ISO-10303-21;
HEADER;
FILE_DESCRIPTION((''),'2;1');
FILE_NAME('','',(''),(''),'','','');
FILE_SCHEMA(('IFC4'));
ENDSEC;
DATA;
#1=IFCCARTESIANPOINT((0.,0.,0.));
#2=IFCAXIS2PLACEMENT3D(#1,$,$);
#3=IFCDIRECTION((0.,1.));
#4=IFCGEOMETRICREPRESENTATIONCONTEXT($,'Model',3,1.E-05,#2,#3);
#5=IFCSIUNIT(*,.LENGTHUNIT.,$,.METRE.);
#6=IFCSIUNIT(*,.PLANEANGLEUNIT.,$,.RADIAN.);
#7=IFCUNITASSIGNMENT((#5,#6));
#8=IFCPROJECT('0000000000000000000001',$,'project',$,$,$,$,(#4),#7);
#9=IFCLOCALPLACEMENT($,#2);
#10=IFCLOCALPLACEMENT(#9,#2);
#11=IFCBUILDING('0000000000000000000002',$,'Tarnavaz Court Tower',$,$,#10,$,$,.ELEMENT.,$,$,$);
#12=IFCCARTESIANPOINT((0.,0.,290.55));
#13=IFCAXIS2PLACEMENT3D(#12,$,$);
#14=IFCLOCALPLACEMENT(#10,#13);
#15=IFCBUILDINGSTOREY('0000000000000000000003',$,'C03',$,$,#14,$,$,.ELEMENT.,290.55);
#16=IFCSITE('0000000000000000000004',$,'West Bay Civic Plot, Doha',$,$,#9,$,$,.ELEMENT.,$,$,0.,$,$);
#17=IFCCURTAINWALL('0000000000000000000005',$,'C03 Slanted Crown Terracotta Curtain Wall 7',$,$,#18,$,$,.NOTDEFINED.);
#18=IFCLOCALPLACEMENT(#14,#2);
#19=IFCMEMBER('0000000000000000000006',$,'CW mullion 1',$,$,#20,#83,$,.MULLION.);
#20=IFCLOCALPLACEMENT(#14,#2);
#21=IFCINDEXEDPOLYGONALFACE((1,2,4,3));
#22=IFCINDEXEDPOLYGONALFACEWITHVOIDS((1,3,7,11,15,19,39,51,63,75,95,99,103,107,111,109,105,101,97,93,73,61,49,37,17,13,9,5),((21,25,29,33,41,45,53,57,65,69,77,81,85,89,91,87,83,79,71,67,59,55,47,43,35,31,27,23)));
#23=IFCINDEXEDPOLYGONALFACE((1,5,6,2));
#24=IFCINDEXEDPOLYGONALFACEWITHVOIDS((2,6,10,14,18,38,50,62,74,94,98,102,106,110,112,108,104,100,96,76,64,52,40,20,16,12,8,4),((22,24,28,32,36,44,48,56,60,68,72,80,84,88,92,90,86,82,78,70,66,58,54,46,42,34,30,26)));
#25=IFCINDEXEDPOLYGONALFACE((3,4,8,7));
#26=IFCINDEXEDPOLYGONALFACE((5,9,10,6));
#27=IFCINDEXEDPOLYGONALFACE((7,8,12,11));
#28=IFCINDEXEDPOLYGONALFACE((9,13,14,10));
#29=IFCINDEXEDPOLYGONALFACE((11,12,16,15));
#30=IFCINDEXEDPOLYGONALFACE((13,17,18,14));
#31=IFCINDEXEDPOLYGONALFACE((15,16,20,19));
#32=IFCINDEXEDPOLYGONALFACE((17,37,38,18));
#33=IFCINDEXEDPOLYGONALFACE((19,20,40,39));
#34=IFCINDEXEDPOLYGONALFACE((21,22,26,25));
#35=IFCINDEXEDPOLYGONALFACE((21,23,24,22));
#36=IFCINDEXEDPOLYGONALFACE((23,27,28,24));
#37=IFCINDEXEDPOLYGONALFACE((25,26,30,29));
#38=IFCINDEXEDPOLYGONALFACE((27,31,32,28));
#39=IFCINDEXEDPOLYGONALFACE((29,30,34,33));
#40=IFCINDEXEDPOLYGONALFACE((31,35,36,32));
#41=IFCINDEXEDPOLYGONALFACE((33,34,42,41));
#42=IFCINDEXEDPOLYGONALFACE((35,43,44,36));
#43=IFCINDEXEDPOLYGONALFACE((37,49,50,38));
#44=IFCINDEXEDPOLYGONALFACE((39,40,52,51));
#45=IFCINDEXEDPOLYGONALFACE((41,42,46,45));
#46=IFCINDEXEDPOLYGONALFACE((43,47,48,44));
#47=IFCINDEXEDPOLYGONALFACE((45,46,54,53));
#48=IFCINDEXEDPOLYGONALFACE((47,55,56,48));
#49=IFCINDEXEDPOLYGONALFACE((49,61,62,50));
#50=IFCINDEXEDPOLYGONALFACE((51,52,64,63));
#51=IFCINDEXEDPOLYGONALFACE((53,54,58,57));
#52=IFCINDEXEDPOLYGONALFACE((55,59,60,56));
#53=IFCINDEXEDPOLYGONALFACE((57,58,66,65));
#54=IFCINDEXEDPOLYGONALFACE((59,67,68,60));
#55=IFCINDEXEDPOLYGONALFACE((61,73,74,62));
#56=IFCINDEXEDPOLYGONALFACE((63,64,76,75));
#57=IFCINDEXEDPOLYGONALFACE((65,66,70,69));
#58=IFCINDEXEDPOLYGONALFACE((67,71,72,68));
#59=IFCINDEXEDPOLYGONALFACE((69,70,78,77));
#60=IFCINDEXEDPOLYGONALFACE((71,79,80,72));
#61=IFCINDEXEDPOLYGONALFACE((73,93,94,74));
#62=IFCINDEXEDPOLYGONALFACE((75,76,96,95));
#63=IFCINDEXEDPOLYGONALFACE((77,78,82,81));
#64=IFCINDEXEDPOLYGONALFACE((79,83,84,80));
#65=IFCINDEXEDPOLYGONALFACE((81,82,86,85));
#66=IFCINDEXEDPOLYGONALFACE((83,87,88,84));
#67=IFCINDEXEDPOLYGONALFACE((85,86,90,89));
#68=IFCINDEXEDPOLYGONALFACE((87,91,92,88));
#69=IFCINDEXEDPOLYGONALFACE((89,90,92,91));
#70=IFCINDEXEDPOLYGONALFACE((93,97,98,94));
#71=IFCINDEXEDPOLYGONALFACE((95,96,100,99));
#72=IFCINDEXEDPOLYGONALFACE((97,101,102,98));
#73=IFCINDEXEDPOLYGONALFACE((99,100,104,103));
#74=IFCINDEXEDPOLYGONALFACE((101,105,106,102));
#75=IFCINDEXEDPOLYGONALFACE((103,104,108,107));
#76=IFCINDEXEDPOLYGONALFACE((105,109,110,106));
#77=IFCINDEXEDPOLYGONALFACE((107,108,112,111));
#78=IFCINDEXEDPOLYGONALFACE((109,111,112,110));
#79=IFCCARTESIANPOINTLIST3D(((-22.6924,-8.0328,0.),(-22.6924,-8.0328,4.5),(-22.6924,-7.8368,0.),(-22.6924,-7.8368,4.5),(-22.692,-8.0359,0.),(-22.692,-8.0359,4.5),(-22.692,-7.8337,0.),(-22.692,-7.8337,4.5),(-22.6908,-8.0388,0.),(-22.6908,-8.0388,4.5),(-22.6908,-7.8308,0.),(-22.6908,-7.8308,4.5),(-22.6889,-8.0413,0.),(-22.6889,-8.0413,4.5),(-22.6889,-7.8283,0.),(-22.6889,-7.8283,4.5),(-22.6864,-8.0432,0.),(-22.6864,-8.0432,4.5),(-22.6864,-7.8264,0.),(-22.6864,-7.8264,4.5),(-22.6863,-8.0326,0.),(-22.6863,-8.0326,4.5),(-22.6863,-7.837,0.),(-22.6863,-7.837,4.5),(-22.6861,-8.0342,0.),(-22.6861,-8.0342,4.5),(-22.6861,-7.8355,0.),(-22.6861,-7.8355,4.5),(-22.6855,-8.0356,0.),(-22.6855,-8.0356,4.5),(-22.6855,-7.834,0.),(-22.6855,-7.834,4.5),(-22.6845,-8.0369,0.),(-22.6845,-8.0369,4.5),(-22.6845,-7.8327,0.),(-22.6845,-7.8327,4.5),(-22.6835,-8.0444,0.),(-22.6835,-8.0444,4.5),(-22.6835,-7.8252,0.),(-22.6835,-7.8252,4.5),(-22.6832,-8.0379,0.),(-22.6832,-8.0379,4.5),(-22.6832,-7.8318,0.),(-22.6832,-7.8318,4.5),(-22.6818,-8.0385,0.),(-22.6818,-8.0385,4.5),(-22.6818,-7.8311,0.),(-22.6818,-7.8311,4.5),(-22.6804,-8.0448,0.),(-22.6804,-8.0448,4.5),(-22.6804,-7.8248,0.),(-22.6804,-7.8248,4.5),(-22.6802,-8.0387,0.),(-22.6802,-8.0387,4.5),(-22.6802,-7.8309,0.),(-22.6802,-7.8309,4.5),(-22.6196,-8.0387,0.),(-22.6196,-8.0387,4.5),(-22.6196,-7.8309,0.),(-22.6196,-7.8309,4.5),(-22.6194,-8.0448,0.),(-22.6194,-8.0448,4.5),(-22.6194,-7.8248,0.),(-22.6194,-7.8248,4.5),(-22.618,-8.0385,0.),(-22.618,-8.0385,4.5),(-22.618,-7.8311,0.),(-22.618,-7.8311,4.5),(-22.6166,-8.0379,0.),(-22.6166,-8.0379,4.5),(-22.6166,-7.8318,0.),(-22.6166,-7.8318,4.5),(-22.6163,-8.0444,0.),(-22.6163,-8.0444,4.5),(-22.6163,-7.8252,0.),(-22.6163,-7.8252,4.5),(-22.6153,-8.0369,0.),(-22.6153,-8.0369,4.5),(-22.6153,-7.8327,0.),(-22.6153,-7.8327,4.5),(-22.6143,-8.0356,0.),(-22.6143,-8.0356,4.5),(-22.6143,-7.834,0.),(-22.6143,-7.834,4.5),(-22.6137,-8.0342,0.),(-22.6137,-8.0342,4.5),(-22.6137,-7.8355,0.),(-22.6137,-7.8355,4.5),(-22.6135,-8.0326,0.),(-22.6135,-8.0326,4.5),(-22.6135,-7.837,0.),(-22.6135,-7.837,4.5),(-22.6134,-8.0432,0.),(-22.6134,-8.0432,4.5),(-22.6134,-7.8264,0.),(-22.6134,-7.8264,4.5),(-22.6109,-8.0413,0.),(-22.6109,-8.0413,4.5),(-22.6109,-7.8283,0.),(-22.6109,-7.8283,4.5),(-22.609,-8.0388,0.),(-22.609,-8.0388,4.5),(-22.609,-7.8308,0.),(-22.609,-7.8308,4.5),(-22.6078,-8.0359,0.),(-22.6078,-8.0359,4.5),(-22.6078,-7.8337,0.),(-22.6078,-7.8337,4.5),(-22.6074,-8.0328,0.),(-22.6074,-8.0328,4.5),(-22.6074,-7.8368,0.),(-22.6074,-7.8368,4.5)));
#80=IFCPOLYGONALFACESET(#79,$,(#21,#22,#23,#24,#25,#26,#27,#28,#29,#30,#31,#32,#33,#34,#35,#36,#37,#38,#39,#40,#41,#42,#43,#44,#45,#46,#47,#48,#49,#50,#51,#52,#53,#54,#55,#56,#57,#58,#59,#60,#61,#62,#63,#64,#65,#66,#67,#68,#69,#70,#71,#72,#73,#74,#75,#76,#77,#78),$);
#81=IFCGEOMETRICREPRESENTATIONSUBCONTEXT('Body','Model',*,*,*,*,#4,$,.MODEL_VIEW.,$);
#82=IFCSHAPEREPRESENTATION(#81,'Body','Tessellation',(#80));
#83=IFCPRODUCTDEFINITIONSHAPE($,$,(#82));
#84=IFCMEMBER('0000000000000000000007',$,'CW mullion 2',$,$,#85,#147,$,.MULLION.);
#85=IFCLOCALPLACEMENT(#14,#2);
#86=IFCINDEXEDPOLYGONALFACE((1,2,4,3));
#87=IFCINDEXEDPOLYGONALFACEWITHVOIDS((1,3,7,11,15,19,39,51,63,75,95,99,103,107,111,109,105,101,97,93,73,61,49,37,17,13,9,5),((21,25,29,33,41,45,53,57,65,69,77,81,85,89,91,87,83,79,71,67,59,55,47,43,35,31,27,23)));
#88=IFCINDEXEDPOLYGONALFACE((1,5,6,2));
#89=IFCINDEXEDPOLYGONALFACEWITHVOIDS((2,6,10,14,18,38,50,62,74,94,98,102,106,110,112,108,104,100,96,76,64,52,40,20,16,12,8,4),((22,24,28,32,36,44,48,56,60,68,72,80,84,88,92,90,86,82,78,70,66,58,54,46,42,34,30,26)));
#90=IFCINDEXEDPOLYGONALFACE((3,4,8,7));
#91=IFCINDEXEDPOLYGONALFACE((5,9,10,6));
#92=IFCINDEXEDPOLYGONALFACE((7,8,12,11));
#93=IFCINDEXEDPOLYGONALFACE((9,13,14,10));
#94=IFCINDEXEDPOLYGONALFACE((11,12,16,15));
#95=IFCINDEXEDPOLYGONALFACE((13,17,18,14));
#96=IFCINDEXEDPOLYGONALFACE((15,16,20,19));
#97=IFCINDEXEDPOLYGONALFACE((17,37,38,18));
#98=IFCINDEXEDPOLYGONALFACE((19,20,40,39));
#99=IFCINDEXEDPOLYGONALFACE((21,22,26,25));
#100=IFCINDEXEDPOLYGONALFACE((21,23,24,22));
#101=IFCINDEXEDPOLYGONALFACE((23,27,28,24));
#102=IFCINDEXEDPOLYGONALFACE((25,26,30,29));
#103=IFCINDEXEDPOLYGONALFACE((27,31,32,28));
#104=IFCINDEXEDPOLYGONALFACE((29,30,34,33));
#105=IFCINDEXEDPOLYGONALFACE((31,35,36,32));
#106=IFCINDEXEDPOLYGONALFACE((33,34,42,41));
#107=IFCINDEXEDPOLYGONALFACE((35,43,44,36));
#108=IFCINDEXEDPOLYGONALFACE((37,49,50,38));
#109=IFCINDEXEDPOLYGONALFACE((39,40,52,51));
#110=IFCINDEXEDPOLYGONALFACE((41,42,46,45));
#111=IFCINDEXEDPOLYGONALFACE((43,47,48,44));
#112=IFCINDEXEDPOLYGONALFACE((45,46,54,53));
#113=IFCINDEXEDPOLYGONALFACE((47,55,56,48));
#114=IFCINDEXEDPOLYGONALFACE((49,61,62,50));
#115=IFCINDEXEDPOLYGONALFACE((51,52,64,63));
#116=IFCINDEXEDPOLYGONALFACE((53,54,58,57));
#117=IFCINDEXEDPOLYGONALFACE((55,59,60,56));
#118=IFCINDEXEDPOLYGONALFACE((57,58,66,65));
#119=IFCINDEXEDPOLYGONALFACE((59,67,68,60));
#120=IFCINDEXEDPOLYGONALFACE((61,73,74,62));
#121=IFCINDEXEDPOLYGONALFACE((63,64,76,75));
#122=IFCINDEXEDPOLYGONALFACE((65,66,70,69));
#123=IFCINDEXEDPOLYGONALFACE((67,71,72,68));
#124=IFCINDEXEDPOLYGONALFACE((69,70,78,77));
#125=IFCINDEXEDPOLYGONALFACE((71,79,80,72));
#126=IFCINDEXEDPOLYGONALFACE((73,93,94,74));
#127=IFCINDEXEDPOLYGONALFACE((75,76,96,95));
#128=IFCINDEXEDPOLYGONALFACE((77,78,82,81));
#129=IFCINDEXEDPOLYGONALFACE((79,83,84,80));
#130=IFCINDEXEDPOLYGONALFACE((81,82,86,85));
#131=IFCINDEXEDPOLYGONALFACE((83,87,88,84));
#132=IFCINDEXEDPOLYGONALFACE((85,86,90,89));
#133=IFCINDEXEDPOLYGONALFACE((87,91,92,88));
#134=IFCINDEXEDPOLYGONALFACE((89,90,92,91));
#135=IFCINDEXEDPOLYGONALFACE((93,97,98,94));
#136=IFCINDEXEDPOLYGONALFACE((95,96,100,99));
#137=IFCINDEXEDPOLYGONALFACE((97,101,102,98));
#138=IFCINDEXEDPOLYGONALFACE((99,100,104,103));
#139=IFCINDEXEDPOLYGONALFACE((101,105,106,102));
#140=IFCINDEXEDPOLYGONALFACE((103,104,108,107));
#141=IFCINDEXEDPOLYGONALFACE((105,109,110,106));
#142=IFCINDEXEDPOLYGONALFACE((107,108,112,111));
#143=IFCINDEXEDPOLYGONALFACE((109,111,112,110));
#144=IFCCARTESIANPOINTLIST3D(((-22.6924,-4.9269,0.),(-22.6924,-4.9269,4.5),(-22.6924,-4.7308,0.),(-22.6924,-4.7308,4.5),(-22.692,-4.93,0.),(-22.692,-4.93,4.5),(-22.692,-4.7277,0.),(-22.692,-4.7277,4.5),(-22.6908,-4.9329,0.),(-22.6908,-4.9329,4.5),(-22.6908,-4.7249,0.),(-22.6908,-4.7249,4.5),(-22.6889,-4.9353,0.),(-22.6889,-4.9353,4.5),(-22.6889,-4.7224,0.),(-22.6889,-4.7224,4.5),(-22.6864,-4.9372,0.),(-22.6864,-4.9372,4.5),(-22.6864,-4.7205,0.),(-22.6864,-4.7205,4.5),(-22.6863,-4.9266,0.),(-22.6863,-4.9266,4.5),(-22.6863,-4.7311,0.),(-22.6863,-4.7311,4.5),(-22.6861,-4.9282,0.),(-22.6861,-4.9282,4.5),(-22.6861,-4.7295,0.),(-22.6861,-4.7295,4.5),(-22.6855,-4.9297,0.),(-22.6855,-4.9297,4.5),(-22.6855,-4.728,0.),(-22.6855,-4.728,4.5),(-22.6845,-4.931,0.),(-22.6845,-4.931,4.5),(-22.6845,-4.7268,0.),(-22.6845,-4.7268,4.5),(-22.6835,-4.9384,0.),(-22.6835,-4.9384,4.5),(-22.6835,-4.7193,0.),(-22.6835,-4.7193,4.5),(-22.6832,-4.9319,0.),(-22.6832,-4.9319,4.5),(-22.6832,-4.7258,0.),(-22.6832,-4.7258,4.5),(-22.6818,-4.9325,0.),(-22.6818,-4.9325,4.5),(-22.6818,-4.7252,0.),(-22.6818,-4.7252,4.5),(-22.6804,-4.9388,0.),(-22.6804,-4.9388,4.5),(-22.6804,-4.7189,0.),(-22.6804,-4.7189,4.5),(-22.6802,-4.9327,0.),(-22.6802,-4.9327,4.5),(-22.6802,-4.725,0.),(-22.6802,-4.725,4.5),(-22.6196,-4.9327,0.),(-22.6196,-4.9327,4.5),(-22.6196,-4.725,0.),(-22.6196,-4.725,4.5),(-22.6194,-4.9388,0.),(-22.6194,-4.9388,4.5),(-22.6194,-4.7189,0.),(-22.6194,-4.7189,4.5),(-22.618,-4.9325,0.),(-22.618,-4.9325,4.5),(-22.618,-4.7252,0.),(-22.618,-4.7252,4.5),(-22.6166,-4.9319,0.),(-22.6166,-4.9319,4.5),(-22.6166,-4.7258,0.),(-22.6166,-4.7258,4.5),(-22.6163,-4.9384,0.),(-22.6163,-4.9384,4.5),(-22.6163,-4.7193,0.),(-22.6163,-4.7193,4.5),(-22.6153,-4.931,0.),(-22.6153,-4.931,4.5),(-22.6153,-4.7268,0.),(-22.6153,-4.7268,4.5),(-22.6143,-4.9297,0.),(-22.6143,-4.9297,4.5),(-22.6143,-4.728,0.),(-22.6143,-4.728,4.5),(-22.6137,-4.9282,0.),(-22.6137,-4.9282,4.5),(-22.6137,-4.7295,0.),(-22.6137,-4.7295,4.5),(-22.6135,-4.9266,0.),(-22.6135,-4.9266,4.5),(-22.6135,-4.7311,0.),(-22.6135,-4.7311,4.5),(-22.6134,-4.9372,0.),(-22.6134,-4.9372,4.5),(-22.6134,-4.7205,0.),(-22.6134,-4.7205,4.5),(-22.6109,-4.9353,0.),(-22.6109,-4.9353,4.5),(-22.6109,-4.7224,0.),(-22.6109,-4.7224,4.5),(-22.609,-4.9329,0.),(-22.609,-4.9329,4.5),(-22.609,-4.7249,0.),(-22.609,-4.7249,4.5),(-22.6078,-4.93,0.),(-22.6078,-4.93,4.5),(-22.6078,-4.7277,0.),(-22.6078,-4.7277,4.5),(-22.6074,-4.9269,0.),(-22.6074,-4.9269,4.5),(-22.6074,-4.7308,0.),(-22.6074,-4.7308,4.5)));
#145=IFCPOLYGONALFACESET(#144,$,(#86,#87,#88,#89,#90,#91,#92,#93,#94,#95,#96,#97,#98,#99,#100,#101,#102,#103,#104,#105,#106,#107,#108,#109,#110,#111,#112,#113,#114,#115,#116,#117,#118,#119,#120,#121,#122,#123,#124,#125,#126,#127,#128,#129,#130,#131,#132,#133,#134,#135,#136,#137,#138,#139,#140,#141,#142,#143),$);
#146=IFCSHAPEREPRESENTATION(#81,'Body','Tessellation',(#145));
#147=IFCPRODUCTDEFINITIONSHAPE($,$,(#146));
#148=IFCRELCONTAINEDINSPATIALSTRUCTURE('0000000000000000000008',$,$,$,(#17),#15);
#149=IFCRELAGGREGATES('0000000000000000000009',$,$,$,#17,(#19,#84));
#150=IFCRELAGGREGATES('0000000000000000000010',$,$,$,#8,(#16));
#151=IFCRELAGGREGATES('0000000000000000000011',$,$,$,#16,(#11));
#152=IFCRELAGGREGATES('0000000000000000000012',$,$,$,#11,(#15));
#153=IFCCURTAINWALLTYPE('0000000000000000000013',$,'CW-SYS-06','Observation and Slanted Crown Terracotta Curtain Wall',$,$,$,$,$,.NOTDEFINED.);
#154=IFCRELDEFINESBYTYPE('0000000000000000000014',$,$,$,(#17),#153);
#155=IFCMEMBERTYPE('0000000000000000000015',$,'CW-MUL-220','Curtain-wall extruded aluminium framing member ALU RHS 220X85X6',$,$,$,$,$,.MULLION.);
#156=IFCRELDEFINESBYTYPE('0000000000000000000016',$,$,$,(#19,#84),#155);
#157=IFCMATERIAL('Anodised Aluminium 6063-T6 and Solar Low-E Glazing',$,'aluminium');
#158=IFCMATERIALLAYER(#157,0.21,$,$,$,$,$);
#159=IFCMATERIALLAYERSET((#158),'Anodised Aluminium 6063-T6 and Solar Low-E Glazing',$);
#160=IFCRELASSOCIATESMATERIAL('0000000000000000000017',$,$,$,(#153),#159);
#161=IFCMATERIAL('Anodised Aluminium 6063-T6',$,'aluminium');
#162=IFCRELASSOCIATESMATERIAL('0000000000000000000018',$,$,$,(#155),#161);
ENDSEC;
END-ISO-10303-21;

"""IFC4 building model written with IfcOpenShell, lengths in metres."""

from ifc_helpers import new_model, si_unit, direction, frame, origin, origin_2d, place, context, subcontext, project, spatial, hollow_rectangle, extrude, material, layer, layer_set, material_profile, profile_set, type_object, element, aggregate, save


model = new_model("IFC4")

# Units and contexts
model_context = context("Model", 3, precision=1e-05, world=origin(), true_north=direction((0.0, 1.0)))
body_context = subcontext(model_context, "Body", "Model", "MODEL_VIEW")
ifc_project = project(units=[si_unit("LENGTHUNIT", "METRE"), si_unit("PLANEANGLEUNIT", "RADIAN")], contexts=[model_context])

# Site, building, storey
site_placement = place(None, origin())
site = spatial("IfcSite", under=ifc_project, at=site_placement, Name="West Bay Civic Plot, Doha", CompositionType="ELEMENT", RefElevation=0.0)
building_placement = place(site_placement, origin())
building = spatial("IfcBuilding", under=site, at=building_placement, Name="Tarnavaz Court Tower", CompositionType="ELEMENT")
storey_placement = place(building_placement, frame((0.0, 0.0, 290.55)))
storey = spatial("IfcBuildingStorey", under=building, at=storey_placement, Name="C03", CompositionType="ELEMENT", Elevation=290.55)

# Curtain wall, members
ifc_material_1 = material(Name="Anodised Aluminium 6063-T6 and Solar Low-E Glazing", Category="aluminium")
ifc_layer_1 = layer(ifc_material_1, 0.21)
ifc_layer_set_1 = layer_set([ifc_layer_1], Name="Anodised Aluminium 6063-T6 and Solar Low-E Glazing")
curtain_wall_type = type_object("IfcCurtainWallType", Name="CW-SYS-06", Description="Observation and Slanted Crown Terracotta Curtain Wall", PredefinedType="NOTDEFINED", material=ifc_layer_set_1)
ifc_material_2 = material(Name="Anodised Aluminium 6063-T6", Category="aluminium")
ifc_material_profile_1 = material_profile(ifc_material_2, hollow_rectangle(XDim=0.085, YDim=0.22, WallThickness=0.0061, InnerFilletRadius=0.0061, OuterFilletRadius=0.012, at=origin_2d()), Name="ALU RHS 220X85X6")
ifc_profile_set_1 = profile_set([ifc_material_profile_1], Name="Anodised Aluminium 6063-T6")
member_type_1 = type_object("IfcMemberType", Name="CW-MUL-220", Description="Curtain-wall extruded aluminium framing member ALU RHS 220X85X6", PredefinedType="MULLION", material=ifc_profile_set_1)
curtain_wall_1_placement = place(storey_placement, origin())
curtain_wall_1 = element("IfcCurtainWall", 1, at=curtain_wall_1_placement, inside=storey, type_object=curtain_wall_type, Name="C03 Slanted Crown Terracotta Curtain Wall 7", PredefinedType="NOTDEFINED")
member_1_placement = place(storey_placement, frame((-22.6499, -7.9348, 0.0), z_axis=(0.0, 0.0, 1.0), x_axis=(-1.0, 0.0, 0.0)))
member_1 = element("IfcMember", 2, at=member_1_placement, type_object=member_type_1, Name="CW mullion 1", PredefinedType="MULLION", context=body_context, shape_type="SweptSolid", body=[
    extrude(hollow_rectangle(XDim=0.085, YDim=0.22, WallThickness=0.0061, InnerFilletRadius=0.0061, OuterFilletRadius=0.012, at=origin_2d()), origin(), (0.0, 0.0, 1.0), 4.5),
])
member_2_placement = place(storey_placement, frame((-22.6499, -4.8289, 0.0), z_axis=(0.0, 0.0, 1.0), x_axis=(-1.0, 0.0, 0.0)))
member_2 = element("IfcMember", 3, at=member_2_placement, type_object=member_type_1, Name="CW mullion 2", PredefinedType="MULLION", context=body_context, shape_type="SweptSolid", body=[
    extrude(hollow_rectangle(XDim=0.085, YDim=0.22, WallThickness=0.0061, InnerFilletRadius=0.0061, OuterFilletRadius=0.012, at=origin_2d()), origin(), (0.0, 0.0, 1.0), 4.5),
])

aggregate(curtain_wall_1, [member_1, member_2])

save(model, "model.ifc")
